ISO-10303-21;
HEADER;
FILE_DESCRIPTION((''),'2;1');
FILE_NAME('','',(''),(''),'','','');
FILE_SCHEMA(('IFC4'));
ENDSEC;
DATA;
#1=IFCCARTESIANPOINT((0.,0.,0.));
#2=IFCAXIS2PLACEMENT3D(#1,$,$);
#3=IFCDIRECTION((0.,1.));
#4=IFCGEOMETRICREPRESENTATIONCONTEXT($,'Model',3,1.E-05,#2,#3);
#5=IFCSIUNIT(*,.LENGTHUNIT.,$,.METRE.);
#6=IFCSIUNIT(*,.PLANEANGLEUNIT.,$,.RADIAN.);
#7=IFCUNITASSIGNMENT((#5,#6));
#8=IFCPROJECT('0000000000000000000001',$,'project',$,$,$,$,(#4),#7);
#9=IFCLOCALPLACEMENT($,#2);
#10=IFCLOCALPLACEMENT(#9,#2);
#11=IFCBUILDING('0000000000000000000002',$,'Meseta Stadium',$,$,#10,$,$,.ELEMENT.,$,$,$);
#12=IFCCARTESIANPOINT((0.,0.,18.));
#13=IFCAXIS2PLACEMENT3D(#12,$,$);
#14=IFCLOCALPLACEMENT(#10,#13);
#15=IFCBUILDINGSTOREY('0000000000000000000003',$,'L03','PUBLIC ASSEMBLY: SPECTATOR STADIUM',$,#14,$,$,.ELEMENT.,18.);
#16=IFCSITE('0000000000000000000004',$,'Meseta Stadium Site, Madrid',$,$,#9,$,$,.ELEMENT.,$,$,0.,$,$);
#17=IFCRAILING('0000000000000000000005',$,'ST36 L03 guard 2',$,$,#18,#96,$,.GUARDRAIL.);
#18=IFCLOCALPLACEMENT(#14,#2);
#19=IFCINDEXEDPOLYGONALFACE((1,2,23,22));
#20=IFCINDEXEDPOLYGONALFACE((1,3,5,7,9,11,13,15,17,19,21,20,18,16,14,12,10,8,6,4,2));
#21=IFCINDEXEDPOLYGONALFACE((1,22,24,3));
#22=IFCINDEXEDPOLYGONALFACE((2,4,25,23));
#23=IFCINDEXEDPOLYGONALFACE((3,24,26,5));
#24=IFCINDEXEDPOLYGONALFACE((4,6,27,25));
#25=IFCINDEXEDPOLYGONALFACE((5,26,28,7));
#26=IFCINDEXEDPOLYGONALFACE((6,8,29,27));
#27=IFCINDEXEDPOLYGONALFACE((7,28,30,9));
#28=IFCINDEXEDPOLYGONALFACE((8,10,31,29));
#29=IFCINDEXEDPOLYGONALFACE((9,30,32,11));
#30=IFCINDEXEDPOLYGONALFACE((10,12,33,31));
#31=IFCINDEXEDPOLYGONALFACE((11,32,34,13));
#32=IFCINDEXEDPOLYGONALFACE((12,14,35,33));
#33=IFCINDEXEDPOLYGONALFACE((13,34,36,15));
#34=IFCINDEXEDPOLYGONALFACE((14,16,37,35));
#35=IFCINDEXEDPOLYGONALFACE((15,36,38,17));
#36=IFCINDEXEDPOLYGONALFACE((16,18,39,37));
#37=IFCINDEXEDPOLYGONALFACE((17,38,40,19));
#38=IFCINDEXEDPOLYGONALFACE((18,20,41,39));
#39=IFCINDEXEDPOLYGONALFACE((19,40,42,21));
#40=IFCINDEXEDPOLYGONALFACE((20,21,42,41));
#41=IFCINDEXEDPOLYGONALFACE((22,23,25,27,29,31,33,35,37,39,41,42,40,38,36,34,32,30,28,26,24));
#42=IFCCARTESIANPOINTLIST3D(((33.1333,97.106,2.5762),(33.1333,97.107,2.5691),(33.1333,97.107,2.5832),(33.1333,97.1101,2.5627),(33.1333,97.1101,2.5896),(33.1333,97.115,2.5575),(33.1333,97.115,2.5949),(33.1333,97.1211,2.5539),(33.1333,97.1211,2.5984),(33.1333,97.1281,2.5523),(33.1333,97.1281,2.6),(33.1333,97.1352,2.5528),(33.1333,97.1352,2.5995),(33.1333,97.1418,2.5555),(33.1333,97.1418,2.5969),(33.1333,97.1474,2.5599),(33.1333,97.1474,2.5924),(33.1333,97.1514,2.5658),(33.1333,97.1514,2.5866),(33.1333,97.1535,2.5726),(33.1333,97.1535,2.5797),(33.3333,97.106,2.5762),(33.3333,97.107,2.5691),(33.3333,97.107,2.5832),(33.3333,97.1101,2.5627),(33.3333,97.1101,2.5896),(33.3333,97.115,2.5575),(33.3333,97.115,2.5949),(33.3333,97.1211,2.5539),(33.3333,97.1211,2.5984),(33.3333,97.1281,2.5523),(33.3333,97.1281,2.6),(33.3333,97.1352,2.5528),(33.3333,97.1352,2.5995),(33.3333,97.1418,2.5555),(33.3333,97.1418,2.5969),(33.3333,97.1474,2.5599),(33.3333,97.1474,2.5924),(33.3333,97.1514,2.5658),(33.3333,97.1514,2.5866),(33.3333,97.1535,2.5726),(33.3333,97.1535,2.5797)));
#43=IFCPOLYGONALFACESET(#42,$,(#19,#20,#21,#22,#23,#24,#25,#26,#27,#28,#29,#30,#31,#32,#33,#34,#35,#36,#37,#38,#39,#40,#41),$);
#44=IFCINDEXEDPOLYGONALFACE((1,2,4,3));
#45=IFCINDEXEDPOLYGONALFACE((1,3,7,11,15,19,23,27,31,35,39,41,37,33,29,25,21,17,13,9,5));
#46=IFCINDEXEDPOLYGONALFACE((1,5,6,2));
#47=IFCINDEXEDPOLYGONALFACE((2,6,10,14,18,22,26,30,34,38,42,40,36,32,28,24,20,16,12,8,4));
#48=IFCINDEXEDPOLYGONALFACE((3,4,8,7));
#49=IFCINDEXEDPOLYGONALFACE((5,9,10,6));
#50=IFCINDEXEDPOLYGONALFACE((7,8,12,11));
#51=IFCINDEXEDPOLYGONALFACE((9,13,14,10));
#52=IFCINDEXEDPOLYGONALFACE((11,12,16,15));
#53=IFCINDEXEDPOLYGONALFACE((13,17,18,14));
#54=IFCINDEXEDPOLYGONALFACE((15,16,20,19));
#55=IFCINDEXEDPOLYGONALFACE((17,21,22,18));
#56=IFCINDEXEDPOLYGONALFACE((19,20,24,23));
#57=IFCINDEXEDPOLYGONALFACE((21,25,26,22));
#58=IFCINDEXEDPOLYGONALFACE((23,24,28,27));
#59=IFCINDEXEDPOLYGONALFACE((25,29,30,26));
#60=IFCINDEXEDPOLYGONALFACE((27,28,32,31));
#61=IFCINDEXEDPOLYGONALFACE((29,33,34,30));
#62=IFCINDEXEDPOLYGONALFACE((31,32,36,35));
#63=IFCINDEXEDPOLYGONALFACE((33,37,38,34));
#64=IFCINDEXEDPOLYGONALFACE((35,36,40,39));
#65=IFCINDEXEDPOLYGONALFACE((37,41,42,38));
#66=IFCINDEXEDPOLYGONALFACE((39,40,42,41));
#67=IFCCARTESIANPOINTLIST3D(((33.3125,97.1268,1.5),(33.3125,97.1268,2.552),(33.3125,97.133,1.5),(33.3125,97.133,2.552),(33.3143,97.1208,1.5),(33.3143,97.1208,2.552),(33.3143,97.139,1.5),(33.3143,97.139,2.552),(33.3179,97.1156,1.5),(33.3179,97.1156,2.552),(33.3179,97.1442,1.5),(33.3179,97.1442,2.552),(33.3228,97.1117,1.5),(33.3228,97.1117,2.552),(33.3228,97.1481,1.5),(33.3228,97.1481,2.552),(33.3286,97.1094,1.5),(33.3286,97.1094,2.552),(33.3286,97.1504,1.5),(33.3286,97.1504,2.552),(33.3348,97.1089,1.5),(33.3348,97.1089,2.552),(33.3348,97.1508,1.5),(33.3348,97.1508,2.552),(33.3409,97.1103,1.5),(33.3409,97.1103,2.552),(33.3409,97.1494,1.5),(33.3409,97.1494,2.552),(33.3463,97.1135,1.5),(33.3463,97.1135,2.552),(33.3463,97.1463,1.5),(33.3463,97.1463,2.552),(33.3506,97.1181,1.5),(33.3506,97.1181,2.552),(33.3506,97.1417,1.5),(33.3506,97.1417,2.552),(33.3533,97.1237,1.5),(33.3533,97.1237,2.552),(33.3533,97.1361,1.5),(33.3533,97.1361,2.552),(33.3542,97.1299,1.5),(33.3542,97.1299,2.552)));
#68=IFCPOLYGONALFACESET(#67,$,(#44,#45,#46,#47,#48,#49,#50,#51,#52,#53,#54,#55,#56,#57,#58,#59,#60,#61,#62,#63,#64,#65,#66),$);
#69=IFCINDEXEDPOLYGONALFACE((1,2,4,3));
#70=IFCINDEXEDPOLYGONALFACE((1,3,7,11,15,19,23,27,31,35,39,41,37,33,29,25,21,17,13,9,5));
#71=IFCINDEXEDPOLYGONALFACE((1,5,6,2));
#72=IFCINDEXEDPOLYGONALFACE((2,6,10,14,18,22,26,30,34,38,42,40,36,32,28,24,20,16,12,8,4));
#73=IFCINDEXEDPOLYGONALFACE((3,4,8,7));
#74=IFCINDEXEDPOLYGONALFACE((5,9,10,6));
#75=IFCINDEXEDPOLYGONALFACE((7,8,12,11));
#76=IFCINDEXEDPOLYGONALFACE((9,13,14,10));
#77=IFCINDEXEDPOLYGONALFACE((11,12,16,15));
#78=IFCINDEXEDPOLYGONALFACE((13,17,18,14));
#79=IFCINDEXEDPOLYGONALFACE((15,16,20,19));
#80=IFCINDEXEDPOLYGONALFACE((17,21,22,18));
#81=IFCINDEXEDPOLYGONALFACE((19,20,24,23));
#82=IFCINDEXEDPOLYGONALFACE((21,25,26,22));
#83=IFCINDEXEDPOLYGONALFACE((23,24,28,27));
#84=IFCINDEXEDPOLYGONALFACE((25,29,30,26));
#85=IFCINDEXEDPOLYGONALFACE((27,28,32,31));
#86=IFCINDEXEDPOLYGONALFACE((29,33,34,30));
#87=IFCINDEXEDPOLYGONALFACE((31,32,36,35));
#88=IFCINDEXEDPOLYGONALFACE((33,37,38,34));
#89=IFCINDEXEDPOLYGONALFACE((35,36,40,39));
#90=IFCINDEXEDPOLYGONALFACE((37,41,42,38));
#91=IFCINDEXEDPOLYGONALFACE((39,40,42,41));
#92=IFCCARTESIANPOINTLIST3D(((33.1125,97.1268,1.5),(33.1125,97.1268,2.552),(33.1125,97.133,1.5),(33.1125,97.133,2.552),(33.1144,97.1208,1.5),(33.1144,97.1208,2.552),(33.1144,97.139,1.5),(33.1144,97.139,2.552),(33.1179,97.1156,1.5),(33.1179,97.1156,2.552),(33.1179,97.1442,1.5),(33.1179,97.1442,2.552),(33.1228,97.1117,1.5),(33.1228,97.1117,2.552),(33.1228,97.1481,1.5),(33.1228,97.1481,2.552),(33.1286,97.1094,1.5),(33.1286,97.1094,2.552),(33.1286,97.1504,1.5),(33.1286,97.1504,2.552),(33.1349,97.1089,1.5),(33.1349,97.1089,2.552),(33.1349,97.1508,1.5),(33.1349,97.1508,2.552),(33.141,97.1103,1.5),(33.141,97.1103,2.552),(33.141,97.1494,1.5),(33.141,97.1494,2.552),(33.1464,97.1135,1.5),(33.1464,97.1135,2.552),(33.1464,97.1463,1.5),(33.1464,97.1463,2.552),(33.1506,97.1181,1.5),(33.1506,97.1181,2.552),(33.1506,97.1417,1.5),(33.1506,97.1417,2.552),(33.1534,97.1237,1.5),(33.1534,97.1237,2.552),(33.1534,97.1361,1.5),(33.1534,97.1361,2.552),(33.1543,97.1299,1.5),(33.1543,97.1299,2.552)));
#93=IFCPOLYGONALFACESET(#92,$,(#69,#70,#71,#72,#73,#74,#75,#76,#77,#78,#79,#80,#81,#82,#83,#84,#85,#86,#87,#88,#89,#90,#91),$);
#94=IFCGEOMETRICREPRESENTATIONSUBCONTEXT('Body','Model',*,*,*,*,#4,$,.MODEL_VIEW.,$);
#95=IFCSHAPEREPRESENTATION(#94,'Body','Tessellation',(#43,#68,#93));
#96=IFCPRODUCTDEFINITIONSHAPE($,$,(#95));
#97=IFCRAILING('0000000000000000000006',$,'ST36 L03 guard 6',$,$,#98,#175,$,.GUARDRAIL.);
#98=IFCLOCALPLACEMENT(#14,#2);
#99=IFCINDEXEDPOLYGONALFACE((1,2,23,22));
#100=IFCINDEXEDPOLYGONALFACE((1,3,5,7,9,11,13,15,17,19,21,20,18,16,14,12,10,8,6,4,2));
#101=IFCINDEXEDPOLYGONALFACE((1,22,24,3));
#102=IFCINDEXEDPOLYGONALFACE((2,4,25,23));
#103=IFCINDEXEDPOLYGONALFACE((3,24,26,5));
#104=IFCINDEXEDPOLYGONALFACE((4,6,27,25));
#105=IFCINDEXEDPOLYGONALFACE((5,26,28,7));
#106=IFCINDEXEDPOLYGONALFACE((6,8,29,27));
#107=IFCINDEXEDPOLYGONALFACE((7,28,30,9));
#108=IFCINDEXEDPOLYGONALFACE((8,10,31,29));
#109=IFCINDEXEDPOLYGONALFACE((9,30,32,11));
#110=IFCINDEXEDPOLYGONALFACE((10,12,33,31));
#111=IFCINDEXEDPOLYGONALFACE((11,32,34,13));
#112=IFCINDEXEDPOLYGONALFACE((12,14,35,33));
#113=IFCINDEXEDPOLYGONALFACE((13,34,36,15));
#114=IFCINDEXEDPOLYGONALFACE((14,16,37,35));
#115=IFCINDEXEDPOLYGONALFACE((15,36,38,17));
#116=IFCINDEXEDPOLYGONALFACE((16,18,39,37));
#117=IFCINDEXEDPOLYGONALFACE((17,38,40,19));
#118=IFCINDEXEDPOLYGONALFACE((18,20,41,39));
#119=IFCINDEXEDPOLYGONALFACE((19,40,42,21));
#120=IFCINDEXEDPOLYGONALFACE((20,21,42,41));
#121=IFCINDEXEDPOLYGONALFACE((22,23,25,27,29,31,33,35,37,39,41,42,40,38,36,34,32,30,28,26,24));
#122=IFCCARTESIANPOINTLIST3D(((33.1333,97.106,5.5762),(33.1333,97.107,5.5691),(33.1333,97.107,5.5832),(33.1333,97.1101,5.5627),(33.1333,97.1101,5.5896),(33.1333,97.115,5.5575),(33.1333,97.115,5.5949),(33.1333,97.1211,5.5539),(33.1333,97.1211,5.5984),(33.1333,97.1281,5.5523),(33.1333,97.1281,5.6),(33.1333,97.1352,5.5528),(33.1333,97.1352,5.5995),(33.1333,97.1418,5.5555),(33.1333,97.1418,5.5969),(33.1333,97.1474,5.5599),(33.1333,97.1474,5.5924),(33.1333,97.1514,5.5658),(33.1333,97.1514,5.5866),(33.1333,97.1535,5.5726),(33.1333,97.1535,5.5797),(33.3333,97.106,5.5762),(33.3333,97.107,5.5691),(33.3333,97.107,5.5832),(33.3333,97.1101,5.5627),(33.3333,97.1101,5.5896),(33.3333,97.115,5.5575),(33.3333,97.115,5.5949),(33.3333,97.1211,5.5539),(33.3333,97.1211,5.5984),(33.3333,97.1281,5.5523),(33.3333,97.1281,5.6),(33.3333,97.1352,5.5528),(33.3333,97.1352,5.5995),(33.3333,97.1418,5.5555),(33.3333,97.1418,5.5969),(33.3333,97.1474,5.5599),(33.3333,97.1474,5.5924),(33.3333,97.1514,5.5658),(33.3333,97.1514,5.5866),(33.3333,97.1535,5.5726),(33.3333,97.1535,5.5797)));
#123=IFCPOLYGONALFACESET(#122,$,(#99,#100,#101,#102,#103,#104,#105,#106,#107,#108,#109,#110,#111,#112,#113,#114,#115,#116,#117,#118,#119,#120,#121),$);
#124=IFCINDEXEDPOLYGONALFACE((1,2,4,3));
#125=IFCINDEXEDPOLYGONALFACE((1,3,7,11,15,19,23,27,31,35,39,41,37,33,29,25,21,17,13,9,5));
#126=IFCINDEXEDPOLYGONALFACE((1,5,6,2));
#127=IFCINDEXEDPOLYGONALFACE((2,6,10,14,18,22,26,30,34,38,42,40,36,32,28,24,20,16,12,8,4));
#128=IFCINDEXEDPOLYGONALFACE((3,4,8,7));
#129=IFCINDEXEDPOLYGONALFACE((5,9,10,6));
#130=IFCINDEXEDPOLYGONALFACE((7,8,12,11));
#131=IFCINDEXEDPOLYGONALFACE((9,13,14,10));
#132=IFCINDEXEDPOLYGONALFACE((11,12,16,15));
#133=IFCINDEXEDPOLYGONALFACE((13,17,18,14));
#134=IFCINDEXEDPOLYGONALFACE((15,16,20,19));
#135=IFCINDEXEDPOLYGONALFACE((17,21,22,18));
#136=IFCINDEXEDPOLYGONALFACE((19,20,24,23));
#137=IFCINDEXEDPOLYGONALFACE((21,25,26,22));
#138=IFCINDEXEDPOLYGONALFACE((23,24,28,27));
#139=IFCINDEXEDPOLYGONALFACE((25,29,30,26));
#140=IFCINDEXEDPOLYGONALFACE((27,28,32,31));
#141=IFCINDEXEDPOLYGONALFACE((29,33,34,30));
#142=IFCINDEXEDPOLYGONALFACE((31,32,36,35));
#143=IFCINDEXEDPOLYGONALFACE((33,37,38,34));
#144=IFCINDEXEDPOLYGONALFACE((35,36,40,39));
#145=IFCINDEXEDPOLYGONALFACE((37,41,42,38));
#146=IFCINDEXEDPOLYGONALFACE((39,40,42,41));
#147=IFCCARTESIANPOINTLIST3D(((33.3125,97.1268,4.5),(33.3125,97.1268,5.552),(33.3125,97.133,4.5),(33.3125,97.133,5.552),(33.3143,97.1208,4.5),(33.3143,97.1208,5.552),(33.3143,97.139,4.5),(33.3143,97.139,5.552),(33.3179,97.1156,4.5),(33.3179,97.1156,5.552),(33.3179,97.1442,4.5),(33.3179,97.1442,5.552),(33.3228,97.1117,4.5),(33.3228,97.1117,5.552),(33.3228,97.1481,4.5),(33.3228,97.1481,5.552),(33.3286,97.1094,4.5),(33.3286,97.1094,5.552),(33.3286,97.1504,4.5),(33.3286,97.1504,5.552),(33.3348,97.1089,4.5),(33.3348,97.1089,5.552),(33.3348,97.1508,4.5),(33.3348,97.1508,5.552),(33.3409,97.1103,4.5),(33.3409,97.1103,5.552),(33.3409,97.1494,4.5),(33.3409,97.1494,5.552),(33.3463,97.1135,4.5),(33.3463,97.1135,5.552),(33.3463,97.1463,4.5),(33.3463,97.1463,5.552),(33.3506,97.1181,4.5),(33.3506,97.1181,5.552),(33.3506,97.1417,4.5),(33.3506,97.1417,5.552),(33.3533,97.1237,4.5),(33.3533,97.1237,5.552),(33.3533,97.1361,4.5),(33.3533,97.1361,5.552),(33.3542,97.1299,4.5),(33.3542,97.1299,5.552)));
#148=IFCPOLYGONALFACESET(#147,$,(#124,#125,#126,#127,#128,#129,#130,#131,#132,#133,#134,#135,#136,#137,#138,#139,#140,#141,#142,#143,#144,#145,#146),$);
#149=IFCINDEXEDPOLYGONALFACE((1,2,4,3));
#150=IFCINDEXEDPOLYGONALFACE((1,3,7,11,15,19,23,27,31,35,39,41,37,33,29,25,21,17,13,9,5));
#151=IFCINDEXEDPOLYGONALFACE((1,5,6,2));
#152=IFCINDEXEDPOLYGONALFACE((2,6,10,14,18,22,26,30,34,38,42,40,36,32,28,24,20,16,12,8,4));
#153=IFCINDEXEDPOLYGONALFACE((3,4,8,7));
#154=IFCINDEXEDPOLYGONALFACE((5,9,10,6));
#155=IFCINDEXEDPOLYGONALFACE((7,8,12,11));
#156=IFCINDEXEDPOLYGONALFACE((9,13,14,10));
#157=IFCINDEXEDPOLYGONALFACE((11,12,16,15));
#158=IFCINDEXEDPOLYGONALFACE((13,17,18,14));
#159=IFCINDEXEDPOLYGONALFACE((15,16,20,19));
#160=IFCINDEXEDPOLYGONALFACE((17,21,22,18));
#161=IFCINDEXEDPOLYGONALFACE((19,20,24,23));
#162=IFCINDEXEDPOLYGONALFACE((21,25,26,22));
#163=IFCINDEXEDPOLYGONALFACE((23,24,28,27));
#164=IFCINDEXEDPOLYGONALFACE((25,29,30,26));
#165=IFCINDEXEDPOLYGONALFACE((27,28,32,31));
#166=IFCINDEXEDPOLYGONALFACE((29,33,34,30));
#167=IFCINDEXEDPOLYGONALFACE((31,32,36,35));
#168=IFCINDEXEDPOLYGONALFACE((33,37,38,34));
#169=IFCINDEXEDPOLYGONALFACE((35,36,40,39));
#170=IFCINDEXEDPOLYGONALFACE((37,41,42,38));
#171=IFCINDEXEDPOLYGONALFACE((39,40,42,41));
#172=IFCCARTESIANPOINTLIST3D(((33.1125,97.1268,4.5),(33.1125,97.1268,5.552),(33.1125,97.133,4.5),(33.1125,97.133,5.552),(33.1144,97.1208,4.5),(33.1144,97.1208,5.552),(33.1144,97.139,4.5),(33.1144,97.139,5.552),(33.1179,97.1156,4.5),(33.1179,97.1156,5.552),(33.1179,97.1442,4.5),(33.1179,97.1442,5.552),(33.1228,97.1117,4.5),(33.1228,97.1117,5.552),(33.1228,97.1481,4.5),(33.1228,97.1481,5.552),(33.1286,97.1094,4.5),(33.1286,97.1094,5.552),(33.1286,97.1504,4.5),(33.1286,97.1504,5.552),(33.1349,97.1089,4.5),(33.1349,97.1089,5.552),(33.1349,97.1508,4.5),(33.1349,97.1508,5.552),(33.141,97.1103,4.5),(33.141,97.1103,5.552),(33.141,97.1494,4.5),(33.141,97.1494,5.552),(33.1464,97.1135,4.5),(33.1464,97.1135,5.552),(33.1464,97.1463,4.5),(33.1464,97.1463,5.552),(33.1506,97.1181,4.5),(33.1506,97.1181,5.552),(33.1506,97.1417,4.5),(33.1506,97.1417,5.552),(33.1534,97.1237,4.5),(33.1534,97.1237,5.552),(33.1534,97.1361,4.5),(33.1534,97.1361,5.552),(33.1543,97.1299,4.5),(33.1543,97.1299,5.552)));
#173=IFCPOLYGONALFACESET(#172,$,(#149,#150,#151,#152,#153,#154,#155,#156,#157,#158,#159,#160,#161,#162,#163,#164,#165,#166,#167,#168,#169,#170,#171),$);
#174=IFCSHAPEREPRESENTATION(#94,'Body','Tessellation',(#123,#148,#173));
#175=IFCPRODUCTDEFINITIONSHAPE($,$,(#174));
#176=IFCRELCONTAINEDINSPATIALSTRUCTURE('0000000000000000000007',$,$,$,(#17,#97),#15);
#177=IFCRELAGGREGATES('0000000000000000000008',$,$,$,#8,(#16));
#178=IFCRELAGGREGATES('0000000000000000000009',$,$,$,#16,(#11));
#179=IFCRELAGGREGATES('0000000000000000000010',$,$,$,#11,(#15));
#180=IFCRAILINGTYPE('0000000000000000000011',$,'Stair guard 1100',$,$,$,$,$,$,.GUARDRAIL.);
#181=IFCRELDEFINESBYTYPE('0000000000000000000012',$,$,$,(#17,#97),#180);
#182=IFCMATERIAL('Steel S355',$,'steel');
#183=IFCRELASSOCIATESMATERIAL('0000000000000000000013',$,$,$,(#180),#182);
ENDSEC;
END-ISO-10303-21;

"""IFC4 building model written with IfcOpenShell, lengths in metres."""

from ifc_helpers import new_model, si_unit, direction, frame, origin, origin_2d, place, context, subcontext, project, spatial, circle, extrude, material, type_object, element, save


model = new_model("IFC4")

# Units and contexts
model_context = context("Model", 3, precision=1e-05, world=origin(), true_north=direction((0.0, 1.0)))
body_context = subcontext(model_context, "Body", "Model", "MODEL_VIEW")
ifc_project = project(units=[si_unit("LENGTHUNIT", "METRE"), si_unit("PLANEANGLEUNIT", "RADIAN")], contexts=[model_context])

# Site, building, storey
site_placement = place(None, origin())
site = spatial("IfcSite", under=ifc_project, at=site_placement, Name="Meseta Stadium Site, Madrid", CompositionType="ELEMENT", RefElevation=0.0)
building_placement = place(site_placement, origin())
building = spatial("IfcBuilding", under=site, at=building_placement, Name="Meseta Stadium", CompositionType="ELEMENT")
storey_placement = place(building_placement, frame((0.0, 0.0, 18.0)))
storey = spatial("IfcBuildingStorey", under=building, at=storey_placement, Name="L03", Description="PUBLIC ASSEMBLY: SPECTATOR STADIUM", CompositionType="ELEMENT", Elevation=18.0)

# Railings
ifc_material_1 = material(Name="Steel S355", Category="steel")
railing_type_1 = type_object("IfcRailingType", Name="Stair guard 1100", PredefinedType="GUARDRAIL", material=ifc_material_1)
for number, where, name in (
    (1, (33.3333, 97.1299, 1.5), "ST36 L03 guard 2"),
    (2, (33.3333, 97.1299, 4.5), "ST36 L03 guard 6"),
):
    element("IfcRailing", number, at=place(storey_placement, frame(where)), inside=storey, type_object=railing_type_1, Name=name, PredefinedType="GUARDRAIL", context=body_context, shape_type="SweptSolid", body=[
        extrude(circle(Radius=0.0239, at=origin_2d()), frame((0.0, 0.0, 1.0762), z_axis=(-1.0, 0.0, 0.0), x_axis=(0.0, -1.0, 0.0)), (0.0, 0.0, 1.0), 0.2),
        extrude(circle(Radius=0.021, at=origin_2d()), origin(), (0.0, 0.0, 1.0), 1.052),
        extrude(circle(Radius=0.021, at=origin_2d()), frame((-0.2, 0.0, 0.0)), (0.0, 0.0, 1.0), 1.052),
    ])

save(model, "model.ifc")
